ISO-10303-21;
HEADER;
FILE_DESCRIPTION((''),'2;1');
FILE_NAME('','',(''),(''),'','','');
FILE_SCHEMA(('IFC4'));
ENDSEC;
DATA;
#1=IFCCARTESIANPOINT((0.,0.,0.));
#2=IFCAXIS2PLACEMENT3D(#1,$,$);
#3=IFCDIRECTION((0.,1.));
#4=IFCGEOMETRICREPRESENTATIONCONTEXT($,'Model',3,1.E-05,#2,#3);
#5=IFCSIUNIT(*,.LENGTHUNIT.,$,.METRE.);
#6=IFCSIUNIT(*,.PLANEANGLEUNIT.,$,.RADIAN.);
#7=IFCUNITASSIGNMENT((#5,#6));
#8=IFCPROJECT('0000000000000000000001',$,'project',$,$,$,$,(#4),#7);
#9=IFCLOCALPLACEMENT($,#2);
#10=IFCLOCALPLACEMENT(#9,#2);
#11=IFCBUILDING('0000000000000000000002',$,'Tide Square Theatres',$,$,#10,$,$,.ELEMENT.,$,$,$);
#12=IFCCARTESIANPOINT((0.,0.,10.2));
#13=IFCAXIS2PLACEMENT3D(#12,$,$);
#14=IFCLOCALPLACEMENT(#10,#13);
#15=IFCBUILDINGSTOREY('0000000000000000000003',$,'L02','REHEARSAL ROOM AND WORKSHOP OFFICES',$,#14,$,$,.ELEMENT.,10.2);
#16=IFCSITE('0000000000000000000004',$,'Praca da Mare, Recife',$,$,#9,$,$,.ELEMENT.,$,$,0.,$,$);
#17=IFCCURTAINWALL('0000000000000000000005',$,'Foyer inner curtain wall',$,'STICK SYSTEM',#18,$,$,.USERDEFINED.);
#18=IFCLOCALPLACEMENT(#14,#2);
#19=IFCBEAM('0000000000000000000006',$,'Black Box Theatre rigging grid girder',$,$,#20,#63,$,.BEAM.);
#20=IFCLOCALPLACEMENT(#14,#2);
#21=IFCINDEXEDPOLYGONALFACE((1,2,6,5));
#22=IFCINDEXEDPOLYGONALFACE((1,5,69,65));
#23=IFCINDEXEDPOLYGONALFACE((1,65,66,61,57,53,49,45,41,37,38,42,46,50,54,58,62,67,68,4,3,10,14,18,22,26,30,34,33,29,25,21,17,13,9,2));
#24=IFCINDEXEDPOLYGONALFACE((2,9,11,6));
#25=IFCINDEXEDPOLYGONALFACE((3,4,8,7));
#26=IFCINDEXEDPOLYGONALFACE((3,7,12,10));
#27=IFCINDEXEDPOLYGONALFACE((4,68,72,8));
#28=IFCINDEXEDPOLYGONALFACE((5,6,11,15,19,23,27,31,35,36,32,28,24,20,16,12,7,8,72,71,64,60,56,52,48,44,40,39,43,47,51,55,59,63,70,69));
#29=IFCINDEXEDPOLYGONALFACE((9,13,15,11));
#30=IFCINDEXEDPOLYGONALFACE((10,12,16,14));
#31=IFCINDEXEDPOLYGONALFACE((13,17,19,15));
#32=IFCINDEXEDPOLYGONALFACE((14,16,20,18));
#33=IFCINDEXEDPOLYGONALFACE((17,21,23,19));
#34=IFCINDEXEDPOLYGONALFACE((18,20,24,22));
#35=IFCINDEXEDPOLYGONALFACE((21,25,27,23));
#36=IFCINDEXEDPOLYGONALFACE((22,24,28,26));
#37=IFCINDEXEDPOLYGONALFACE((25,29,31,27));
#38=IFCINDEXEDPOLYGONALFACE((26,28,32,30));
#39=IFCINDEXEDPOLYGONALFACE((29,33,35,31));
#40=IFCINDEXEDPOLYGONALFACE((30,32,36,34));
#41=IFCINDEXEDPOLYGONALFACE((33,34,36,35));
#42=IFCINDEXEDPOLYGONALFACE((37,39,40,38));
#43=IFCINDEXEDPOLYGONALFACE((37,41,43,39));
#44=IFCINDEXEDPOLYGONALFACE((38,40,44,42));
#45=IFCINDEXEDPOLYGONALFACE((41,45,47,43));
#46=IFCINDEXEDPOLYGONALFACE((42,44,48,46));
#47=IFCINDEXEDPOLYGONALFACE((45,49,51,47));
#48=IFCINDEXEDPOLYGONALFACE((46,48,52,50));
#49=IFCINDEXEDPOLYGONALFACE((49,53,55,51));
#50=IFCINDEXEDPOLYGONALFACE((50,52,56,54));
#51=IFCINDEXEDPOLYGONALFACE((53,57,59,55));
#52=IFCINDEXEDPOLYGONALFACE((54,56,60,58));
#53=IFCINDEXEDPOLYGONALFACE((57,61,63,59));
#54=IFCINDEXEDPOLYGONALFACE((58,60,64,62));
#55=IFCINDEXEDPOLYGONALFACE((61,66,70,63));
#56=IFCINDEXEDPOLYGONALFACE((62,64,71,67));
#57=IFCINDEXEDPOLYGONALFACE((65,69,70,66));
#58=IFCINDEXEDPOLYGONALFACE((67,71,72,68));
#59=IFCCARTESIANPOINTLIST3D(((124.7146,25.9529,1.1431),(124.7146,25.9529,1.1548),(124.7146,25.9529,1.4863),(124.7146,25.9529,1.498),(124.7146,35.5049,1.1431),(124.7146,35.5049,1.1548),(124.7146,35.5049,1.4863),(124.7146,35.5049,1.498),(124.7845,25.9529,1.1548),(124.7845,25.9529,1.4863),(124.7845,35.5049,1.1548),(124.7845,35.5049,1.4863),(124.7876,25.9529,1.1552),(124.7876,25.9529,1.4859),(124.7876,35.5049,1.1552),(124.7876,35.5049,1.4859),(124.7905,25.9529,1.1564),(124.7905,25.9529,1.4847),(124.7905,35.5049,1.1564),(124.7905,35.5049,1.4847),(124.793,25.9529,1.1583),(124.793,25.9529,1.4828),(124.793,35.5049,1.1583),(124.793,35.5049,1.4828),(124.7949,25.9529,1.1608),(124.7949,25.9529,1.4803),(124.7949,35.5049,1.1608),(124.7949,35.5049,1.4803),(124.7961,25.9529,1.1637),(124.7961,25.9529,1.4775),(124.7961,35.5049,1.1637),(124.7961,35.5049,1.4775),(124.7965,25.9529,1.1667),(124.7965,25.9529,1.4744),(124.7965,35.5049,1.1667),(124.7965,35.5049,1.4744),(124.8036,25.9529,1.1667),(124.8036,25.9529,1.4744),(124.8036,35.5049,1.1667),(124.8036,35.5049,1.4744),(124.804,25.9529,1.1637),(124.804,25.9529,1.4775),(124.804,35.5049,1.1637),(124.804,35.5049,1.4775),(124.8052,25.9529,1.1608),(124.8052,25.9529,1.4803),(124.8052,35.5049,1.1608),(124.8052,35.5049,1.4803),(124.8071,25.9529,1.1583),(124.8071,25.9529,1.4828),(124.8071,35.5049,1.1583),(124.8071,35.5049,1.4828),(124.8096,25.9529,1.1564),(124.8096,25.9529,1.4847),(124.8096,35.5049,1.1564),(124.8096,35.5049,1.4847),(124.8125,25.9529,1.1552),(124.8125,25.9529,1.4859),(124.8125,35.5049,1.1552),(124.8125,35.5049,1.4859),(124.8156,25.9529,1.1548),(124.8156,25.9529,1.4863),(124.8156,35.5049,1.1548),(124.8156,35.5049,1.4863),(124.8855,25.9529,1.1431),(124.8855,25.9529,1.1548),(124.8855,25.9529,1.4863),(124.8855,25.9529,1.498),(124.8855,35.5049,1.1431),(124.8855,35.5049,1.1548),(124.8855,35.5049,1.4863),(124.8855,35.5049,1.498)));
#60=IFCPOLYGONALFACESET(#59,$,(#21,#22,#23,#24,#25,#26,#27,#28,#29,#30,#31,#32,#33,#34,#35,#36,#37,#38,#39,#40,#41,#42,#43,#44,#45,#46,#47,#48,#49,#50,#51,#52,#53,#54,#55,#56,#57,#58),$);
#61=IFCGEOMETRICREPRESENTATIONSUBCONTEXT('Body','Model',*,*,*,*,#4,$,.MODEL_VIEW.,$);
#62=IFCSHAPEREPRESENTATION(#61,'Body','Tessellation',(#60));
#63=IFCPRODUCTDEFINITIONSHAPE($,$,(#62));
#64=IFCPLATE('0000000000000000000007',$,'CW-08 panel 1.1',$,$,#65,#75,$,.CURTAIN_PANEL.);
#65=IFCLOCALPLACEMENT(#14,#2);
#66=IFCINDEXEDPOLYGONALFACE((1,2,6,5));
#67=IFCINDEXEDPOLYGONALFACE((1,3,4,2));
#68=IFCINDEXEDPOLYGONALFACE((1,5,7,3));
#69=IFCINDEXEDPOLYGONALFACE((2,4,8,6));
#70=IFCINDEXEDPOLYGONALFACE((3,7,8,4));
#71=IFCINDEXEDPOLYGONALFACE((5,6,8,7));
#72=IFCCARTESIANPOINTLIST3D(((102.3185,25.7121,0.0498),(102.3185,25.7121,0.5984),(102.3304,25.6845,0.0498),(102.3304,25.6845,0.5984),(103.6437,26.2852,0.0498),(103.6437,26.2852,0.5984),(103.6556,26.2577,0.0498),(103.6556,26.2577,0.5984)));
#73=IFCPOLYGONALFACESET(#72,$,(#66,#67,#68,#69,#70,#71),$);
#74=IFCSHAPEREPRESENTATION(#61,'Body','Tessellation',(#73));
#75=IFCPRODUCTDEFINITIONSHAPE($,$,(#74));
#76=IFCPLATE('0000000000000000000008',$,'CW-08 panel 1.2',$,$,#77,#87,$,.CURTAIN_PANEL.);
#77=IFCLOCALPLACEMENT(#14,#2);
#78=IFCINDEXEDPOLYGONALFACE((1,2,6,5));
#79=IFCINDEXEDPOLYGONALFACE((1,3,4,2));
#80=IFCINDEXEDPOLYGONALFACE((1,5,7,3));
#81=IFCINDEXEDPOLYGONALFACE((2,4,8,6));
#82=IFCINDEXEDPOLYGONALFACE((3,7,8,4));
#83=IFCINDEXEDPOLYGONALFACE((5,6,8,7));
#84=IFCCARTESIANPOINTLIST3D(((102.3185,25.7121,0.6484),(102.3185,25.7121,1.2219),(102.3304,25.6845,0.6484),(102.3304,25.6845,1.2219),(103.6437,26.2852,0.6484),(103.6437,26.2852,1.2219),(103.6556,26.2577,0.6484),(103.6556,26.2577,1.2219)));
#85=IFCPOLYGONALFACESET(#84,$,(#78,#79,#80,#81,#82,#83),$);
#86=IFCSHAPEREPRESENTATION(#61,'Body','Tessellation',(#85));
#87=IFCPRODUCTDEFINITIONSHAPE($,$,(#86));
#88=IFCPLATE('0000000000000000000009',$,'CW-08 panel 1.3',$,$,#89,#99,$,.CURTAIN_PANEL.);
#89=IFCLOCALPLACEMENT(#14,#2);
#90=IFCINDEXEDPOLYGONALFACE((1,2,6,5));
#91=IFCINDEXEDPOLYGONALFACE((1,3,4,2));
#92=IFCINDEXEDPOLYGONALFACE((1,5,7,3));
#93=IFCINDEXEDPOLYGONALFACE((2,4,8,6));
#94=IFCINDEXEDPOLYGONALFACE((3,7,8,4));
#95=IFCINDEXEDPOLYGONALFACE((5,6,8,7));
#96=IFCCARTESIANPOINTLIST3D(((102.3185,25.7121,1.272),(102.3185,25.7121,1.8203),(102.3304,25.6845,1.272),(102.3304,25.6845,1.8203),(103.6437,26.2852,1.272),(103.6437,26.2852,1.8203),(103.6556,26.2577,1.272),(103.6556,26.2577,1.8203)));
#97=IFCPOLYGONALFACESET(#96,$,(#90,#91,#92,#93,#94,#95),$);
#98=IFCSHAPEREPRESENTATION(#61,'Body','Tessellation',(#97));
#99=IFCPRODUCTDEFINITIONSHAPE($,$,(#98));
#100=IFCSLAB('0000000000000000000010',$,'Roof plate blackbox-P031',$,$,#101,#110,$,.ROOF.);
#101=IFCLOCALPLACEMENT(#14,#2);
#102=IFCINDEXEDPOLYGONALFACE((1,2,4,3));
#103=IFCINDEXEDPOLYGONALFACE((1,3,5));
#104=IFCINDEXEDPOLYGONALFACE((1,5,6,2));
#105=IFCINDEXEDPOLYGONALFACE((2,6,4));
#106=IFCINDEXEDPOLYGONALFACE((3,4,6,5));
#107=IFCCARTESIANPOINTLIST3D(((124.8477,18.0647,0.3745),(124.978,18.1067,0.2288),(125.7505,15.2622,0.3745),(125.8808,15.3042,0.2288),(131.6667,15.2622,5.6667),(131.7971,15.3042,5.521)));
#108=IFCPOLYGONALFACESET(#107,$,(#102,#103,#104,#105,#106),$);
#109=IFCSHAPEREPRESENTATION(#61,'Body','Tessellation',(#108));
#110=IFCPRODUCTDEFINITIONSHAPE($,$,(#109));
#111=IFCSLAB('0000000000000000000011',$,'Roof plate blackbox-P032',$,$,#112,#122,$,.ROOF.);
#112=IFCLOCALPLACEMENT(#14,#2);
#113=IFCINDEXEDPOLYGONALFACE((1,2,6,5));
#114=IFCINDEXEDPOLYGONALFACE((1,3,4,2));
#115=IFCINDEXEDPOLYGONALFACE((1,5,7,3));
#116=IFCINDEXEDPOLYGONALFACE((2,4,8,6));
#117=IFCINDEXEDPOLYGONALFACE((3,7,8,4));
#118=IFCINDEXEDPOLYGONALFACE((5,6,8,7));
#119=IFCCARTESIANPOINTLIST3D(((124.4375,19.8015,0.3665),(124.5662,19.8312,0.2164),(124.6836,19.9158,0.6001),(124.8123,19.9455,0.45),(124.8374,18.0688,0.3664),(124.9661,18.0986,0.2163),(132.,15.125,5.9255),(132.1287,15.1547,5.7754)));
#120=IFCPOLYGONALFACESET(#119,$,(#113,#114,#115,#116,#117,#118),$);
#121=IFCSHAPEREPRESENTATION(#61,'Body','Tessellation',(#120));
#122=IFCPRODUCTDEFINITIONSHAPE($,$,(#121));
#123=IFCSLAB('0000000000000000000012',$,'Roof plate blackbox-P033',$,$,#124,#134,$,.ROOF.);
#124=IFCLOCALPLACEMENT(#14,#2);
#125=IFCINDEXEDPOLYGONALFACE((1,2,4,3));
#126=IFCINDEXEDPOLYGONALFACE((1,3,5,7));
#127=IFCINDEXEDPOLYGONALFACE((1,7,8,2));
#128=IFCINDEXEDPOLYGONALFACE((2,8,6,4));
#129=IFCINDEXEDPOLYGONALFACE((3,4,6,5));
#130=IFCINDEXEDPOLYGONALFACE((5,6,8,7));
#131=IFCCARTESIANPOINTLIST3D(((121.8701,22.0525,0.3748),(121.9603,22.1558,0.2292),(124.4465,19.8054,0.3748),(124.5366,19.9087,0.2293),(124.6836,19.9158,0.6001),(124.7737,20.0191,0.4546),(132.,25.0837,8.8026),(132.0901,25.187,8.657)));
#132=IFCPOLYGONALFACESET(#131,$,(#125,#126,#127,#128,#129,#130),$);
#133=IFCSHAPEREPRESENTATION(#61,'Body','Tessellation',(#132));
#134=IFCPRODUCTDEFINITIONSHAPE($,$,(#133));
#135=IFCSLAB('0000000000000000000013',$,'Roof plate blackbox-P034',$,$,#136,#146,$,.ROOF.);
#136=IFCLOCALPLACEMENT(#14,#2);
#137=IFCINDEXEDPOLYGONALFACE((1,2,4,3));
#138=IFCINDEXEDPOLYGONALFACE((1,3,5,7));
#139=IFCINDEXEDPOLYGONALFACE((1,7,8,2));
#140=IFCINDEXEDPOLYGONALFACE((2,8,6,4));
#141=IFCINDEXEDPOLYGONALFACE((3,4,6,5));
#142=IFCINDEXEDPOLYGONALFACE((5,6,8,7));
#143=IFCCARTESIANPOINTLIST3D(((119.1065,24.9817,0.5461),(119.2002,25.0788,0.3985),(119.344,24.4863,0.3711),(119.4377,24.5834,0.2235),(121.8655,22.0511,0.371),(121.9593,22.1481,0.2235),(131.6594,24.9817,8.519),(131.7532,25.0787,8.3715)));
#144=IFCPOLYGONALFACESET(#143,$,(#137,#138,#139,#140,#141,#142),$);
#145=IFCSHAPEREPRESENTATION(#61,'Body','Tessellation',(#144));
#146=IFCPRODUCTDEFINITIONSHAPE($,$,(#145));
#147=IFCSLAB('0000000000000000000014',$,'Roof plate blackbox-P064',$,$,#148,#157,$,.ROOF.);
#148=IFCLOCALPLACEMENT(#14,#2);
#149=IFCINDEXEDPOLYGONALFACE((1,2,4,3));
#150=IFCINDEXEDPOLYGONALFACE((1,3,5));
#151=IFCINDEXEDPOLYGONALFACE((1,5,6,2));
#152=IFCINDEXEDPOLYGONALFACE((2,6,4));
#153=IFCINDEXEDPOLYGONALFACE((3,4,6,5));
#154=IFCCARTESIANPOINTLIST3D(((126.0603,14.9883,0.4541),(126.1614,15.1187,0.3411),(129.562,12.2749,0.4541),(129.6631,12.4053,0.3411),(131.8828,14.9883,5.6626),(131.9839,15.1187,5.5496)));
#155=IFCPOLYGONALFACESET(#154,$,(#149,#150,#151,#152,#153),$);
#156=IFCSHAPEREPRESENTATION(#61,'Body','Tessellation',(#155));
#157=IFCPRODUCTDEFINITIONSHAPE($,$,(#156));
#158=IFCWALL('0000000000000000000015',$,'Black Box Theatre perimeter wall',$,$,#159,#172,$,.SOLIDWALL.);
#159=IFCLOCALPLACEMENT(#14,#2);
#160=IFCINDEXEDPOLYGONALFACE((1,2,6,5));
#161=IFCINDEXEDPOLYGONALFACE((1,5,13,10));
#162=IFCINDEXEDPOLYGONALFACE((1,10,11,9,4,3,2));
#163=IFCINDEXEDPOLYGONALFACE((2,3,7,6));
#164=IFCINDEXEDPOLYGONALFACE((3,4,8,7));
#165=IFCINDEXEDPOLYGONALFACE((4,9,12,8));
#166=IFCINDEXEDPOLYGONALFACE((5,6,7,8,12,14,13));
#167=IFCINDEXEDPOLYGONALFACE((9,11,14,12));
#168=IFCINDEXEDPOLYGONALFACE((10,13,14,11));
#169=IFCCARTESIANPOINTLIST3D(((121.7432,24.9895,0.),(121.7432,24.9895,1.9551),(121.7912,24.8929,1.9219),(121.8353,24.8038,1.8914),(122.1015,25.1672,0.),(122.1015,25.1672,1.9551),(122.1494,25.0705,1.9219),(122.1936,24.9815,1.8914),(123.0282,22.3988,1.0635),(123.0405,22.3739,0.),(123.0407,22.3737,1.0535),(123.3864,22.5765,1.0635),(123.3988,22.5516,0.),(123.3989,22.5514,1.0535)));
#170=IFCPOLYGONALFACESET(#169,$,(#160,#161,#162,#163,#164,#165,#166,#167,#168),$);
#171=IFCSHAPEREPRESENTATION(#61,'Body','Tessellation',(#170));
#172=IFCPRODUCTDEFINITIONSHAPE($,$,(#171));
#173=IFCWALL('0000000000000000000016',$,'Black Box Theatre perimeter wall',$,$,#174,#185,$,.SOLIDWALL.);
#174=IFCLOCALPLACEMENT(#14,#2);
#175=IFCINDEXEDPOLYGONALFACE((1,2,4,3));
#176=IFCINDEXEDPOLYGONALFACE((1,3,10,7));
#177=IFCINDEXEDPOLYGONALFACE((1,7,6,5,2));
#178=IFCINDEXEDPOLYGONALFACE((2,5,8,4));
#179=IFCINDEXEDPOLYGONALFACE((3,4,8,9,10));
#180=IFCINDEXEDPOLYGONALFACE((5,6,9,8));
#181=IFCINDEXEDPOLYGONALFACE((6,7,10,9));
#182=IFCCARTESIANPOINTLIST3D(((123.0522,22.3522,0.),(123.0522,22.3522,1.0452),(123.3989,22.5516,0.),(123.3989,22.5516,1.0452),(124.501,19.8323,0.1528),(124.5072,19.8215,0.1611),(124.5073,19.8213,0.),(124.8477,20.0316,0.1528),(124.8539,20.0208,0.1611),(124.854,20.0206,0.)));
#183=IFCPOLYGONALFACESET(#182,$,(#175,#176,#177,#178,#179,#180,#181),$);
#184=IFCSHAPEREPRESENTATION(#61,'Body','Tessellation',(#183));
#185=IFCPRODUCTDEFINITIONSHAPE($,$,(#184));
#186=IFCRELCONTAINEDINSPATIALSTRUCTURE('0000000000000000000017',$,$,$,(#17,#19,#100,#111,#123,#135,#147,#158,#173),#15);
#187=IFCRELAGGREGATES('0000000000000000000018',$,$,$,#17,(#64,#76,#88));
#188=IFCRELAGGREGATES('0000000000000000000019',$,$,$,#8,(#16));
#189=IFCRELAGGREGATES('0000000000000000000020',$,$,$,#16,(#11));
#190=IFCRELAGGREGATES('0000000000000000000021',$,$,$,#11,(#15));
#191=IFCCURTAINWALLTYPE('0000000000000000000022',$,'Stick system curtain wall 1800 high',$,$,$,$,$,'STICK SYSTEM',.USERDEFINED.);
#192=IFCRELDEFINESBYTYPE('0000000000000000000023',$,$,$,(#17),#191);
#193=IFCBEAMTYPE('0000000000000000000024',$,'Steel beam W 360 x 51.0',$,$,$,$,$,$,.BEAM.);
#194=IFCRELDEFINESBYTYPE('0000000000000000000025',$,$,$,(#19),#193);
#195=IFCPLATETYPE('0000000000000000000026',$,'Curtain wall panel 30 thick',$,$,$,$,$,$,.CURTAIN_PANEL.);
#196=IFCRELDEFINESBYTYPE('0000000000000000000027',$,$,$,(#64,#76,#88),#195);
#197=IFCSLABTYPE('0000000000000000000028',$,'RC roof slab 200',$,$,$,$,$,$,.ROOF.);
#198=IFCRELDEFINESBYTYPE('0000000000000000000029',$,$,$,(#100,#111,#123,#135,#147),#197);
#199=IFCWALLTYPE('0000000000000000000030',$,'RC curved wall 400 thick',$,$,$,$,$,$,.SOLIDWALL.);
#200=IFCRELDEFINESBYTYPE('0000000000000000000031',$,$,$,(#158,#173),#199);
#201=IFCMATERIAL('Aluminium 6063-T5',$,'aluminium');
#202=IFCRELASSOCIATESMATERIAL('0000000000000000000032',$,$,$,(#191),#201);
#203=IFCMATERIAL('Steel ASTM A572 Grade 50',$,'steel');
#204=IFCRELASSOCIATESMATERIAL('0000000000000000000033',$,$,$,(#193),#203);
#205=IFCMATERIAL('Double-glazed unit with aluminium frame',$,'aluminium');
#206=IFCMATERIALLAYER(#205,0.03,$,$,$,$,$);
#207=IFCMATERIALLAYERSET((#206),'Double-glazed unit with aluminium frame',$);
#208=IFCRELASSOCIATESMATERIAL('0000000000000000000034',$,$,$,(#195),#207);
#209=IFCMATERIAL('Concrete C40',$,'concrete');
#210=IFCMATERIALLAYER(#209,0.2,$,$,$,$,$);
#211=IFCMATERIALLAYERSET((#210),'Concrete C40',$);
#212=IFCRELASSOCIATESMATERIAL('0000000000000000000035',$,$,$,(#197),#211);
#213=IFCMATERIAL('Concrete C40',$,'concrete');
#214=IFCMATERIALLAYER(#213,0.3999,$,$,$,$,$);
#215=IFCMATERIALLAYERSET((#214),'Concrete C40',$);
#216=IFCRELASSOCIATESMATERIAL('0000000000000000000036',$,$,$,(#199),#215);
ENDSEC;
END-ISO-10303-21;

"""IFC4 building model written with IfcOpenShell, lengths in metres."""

from ifc_helpers import new_model, si_unit, direction, frame, origin, origin_2d, place, context, subcontext, project, spatial, polyline, rectangle, i_section, outline, extrude, material, layer, layer_set, material_profile, profile_set, type_object, element, aggregate, save


model = new_model("IFC4")

# Units and contexts
model_context = context("Model", 3, precision=1e-05, world=origin(), true_north=direction((0.0, 1.0)))
body_context = subcontext(model_context, "Body", "Model", "MODEL_VIEW")
ifc_project = project(units=[si_unit("LENGTHUNIT", "METRE"), si_unit("PLANEANGLEUNIT", "RADIAN")], contexts=[model_context])

# Site, building, storey
site_placement = place(None, origin())
site = spatial("IfcSite", under=ifc_project, at=site_placement, Name="Praca da Mare, Recife", CompositionType="ELEMENT", RefElevation=0.0)
building_placement = place(site_placement, origin())
building = spatial("IfcBuilding", under=site, at=building_placement, Name="Tide Square Theatres", CompositionType="ELEMENT")
storey_placement = place(building_placement, frame((0.0, 0.0, 10.2)))
storey = spatial("IfcBuildingStorey", under=building, at=storey_placement, Name="L02", Description="REHEARSAL ROOM AND WORKSHOP OFFICES", CompositionType="ELEMENT", Elevation=10.2)

# Curtain wall
ifc_material_1 = material(Name="Aluminium 6063-T5", Category="aluminium")
curtain_wall_type = type_object("IfcCurtainWallType", Name="Stick system curtain wall 1800 high", ElementType="STICK SYSTEM", PredefinedType="USERDEFINED", material=ifc_material_1)
curtain_wall_placement = place(storey_placement, origin())
curtain_wall = element("IfcCurtainWall", 1, at=curtain_wall_placement, inside=storey, type_object=curtain_wall_type, Name="Foyer inner curtain wall", ObjectType="STICK SYSTEM", PredefinedType="USERDEFINED")

# Beam
ifc_material_2 = material(Name="Steel ASTM A572 Grade 50", Category="steel")
ifc_material_profile_1 = material_profile(ifc_material_2, i_section(OverallWidth=0.1709, OverallDepth=0.355, WebThickness=0.0071, FlangeThickness=0.0117, FilletRadius=0.012, at=origin_2d()))
ifc_profile_set_1 = profile_set([ifc_material_profile_1], Name="Steel ASTM A572 Grade 50")
beam_type_1 = type_object("IfcBeamType", Name="Steel beam W 360 x 51.0", PredefinedType="BEAM", material=ifc_profile_set_1)
for number, where, z_axis, x_axis, name in (
    (2, (124.8, 25.9529, 1.3206), (0.0, 1.0, 0.0), (-1.0, 0.0, 0.0), "Black Box Theatre rigging grid girder"),
):
    element("IfcBeam", number, at=place(storey_placement, frame(where, z_axis=z_axis, x_axis=x_axis)), inside=storey, type_object=beam_type_1, Name=name, PredefinedType="BEAM", context=body_context, shape_type="SweptSolid", body=[
        extrude(i_section(OverallWidth=0.1709, OverallDepth=0.355, WebThickness=0.0071, FlangeThickness=0.0117, FilletRadius=0.012, at=origin_2d()), origin(), (0.0, 0.0, 1.0), 9.552),
    ])

# Plates
ifc_material_3 = material(Name="Double-glazed unit with aluminium frame", Category="aluminium")
ifc_layer_1 = layer(ifc_material_3, 0.03)
ifc_layer_set_1 = layer_set([ifc_layer_1], Name="Double-glazed unit with aluminium frame")
plate_type = type_object("IfcPlateType", Name="Curtain wall panel 30 thick", PredefinedType="CURTAIN_PANEL", material=ifc_layer_set_1)
plate_1_placement = place(storey_placement, frame((102.9871, 25.9849, 0.0498), z_axis=(0.0, 0.0, 1.0), x_axis=(-0.917827, -0.39698, 0.0)))
plate_1 = element("IfcPlate", 3, at=plate_1_placement, type_object=plate_type, Name="CW-08 panel 1.1", PredefinedType="CURTAIN_PANEL", context=body_context, shape_type="SweptSolid", body=[
    extrude(rectangle(XDim=1.4438, YDim=0.03, at=origin_2d()), origin(), (0.0, 0.0, 1.0), 0.5486),
])
plate_2_placement = place(storey_placement, frame((102.9871, 25.9849, 0.6484), z_axis=(0.0, 0.0, 1.0), x_axis=(-0.917827, -0.39698, 0.0)))
plate_2 = element("IfcPlate", 4, at=plate_2_placement, type_object=plate_type, Name="CW-08 panel 1.2", PredefinedType="CURTAIN_PANEL", context=body_context, shape_type="SweptSolid", body=[
    extrude(rectangle(XDim=1.4438, YDim=0.03, at=origin_2d()), origin(), (0.0, 0.0, 1.0), 0.5735),
])
plate_3_placement = place(storey_placement, frame((102.9871, 25.9849, 1.272), z_axis=(0.0, 0.0, 1.0), x_axis=(-0.917827, -0.39698, 0.0)))
plate_3 = element("IfcPlate", 5, at=plate_3_placement, type_object=plate_type, Name="CW-08 panel 1.3", PredefinedType="CURTAIN_PANEL", context=body_context, shape_type="SweptSolid", body=[
    extrude(rectangle(XDim=1.4438, YDim=0.03, at=origin_2d()), origin(), (0.0, 0.0, 1.0), 0.5483),
])
aggregate(curtain_wall, [plate_1, plate_2, plate_3])

# Slabs
ifc_material_4 = material(Name="Concrete C40", Category="concrete")
ifc_layer_2 = layer(ifc_material_4, 0.2)
ifc_layer_set_2 = layer_set([ifc_layer_2], Name="Concrete C40")
slab_type = type_object("IfcSlabType", Name="RC roof slab 200", PredefinedType="ROOF", material=ifc_layer_set_2)
slab_1_placement = place(storey_placement, frame((124.8477, 18.0647, 0.3745), z_axis=(-0.651841, -0.209993, 0.728702), x_axis=(0.306635, -0.951827, 0.0)))
element("IfcSlab", 6, at=slab_1_placement, inside=storey, type_object=slab_type, Name="Roof plate blackbox-P031", PredefinedType="ROOF", context=body_context, shape_type="SweptSolid", body=[
    extrude(outline(polyline([(0.0, 0.0), (2.9443, 0.0), (4.7585, 7.7278), (0.0, 0.0)])), origin(), (0.0, 0.0, -1.0), 0.2),
])
slab_2_placement = place(storey_placement, frame((124.4375, 19.8015, 0.3665), z_axis=(-0.64371, -0.148574, 0.750708), x_axis=(0.224893, -0.974384, -0.000004)))
element("IfcSlab", 7, at=slab_2_placement, inside=storey, type_object=slab_type, Name="Roof plate blackbox-P032", PredefinedType="ROOF", context=body_context, shape_type="SweptSolid", body=[
    extrude(outline(polyline([(0.0, 0.0), (1.7782, 0.0), (6.2574, 8.4148), (-0.056, 0.3537), (0.0, 0.0)])), origin(), (0.0, 0.0, -1.0), 0.2),
])
slab_3_placement = place(storey_placement, frame((124.6836, 19.9158, 0.6001), z_axis=(-0.450816, -0.516852, 0.727756), x_axis=(0.602385, 0.425496, 0.675341)))
element("IfcSlab", 8, at=slab_3_placement, inside=storey, type_object=slab_type, Name="Roof plate blackbox-P033", PredefinedType="ROOF", context=body_context, shape_type="SweptSolid", body=[
    extrude(outline(polyline([(0.0, 0.0), (12.1457, 0.0), (-0.9378, 3.4136), (-0.3419, 0.0472), (0.0, 0.0)])), origin(), (0.0, 0.0, -1.0), 0.2),
])
slab_4_placement = place(storey_placement, frame((119.344, 24.4863, 0.3711), z_axis=(-0.468754, -0.485384, 0.738019), x_axis=(0.719306, -0.694694, -0.000021)))
element("IfcSlab", 9, at=slab_4_placement, inside=storey, type_object=slab_type, Name="Roof plate blackbox-P034", PredefinedType="ROOF", context=body_context, shape_type="SweptSolid", body=[
    extrude(outline(polyline([(0.0, 0.0), (3.5055, 0.0), (8.5143, 12.0752), (-0.515, 0.2593), (0.0, 0.0)])), origin(), (0.0, 0.0, -1.0), 0.2),
])
slab_5_placement = place(storey_placement, frame((126.0603, 14.9883, 0.4541), z_axis=(-0.505389, -0.652222, 0.564968), x_axis=(0.790464, -0.612509, 0.0)))
element("IfcSlab", 10, at=slab_5_placement, inside=storey, type_object=slab_type, Name="Roof plate blackbox-P064", PredefinedType="ROOF", context=body_context, shape_type="SweptSolid", body=[
    extrude(outline(polyline([(0.0, 0.0), (4.4299, 0.0), (4.6025, 6.3125), (0.0, 0.0)])), origin(), (0.0, 0.0, -1.0), 0.2),
])

# Walls
ifc_material_5 = material(Name="Concrete C40", Category="concrete")
ifc_layer_3 = layer(ifc_material_5, 0.3999)
ifc_layer_set_3 = layer_set([ifc_layer_3], Name="Concrete C40")
wall_type_1 = type_object("IfcWallType", Name="RC curved wall 400 thick", PredefinedType="SOLIDWALL", material=ifc_layer_set_3)
wall_1_placement = place(storey_placement, frame((121.9224, 25.0784, 0.0), z_axis=(0.0, 0.0, 1.0), x_axis=(0.444335, -0.895861, 0.0)))
element("IfcWall", 11, at=wall_1_placement, inside=storey, type_object=wall_type_1, Name="Black Box Theatre perimeter wall", PredefinedType="SOLIDWALL", context=body_context, shape_type="SweptSolid", body=[
    extrude(outline(polyline([(0.0, 0.0), (2.9197, 0.0), (2.9199, 1.0535), (2.8918, 1.0635), (0.2073, 1.8914), (0.1079, 1.9219), (0.0, 1.9551), (0.0, 0.0)])), frame((0.0, 0.2, 0.0), z_axis=(0.0, -1.0, 0.0), x_axis=(1.0, 0.0, 0.0)), (0.0, 0.0, 1.0), 0.3999),
])
wall_2_placement = place(storey_placement, frame((123.2256, 22.4519, 0.0), z_axis=(0.0, 0.0, 1.0), x_axis=(0.498407, -0.866943, 0.0)))
element("IfcWall", 12, at=wall_2_placement, inside=storey, type_object=wall_type_1, Name="Black Box Theatre perimeter wall", PredefinedType="SOLIDWALL", context=body_context, shape_type="SweptSolid", body=[
    extrude(outline(polyline([(0.0, 0.0), (2.9194, 0.0), (2.9192, 0.1611), (2.9067, 0.1528), (0.0, 1.0452), (0.0, 0.0)])), frame((0.0, 0.2, 0.0), z_axis=(0.0, -1.0, 0.0), x_axis=(1.0, 0.0, 0.0)), (0.0, 0.0, 1.0), 0.3999),
])

save(model, "model.ifc")
